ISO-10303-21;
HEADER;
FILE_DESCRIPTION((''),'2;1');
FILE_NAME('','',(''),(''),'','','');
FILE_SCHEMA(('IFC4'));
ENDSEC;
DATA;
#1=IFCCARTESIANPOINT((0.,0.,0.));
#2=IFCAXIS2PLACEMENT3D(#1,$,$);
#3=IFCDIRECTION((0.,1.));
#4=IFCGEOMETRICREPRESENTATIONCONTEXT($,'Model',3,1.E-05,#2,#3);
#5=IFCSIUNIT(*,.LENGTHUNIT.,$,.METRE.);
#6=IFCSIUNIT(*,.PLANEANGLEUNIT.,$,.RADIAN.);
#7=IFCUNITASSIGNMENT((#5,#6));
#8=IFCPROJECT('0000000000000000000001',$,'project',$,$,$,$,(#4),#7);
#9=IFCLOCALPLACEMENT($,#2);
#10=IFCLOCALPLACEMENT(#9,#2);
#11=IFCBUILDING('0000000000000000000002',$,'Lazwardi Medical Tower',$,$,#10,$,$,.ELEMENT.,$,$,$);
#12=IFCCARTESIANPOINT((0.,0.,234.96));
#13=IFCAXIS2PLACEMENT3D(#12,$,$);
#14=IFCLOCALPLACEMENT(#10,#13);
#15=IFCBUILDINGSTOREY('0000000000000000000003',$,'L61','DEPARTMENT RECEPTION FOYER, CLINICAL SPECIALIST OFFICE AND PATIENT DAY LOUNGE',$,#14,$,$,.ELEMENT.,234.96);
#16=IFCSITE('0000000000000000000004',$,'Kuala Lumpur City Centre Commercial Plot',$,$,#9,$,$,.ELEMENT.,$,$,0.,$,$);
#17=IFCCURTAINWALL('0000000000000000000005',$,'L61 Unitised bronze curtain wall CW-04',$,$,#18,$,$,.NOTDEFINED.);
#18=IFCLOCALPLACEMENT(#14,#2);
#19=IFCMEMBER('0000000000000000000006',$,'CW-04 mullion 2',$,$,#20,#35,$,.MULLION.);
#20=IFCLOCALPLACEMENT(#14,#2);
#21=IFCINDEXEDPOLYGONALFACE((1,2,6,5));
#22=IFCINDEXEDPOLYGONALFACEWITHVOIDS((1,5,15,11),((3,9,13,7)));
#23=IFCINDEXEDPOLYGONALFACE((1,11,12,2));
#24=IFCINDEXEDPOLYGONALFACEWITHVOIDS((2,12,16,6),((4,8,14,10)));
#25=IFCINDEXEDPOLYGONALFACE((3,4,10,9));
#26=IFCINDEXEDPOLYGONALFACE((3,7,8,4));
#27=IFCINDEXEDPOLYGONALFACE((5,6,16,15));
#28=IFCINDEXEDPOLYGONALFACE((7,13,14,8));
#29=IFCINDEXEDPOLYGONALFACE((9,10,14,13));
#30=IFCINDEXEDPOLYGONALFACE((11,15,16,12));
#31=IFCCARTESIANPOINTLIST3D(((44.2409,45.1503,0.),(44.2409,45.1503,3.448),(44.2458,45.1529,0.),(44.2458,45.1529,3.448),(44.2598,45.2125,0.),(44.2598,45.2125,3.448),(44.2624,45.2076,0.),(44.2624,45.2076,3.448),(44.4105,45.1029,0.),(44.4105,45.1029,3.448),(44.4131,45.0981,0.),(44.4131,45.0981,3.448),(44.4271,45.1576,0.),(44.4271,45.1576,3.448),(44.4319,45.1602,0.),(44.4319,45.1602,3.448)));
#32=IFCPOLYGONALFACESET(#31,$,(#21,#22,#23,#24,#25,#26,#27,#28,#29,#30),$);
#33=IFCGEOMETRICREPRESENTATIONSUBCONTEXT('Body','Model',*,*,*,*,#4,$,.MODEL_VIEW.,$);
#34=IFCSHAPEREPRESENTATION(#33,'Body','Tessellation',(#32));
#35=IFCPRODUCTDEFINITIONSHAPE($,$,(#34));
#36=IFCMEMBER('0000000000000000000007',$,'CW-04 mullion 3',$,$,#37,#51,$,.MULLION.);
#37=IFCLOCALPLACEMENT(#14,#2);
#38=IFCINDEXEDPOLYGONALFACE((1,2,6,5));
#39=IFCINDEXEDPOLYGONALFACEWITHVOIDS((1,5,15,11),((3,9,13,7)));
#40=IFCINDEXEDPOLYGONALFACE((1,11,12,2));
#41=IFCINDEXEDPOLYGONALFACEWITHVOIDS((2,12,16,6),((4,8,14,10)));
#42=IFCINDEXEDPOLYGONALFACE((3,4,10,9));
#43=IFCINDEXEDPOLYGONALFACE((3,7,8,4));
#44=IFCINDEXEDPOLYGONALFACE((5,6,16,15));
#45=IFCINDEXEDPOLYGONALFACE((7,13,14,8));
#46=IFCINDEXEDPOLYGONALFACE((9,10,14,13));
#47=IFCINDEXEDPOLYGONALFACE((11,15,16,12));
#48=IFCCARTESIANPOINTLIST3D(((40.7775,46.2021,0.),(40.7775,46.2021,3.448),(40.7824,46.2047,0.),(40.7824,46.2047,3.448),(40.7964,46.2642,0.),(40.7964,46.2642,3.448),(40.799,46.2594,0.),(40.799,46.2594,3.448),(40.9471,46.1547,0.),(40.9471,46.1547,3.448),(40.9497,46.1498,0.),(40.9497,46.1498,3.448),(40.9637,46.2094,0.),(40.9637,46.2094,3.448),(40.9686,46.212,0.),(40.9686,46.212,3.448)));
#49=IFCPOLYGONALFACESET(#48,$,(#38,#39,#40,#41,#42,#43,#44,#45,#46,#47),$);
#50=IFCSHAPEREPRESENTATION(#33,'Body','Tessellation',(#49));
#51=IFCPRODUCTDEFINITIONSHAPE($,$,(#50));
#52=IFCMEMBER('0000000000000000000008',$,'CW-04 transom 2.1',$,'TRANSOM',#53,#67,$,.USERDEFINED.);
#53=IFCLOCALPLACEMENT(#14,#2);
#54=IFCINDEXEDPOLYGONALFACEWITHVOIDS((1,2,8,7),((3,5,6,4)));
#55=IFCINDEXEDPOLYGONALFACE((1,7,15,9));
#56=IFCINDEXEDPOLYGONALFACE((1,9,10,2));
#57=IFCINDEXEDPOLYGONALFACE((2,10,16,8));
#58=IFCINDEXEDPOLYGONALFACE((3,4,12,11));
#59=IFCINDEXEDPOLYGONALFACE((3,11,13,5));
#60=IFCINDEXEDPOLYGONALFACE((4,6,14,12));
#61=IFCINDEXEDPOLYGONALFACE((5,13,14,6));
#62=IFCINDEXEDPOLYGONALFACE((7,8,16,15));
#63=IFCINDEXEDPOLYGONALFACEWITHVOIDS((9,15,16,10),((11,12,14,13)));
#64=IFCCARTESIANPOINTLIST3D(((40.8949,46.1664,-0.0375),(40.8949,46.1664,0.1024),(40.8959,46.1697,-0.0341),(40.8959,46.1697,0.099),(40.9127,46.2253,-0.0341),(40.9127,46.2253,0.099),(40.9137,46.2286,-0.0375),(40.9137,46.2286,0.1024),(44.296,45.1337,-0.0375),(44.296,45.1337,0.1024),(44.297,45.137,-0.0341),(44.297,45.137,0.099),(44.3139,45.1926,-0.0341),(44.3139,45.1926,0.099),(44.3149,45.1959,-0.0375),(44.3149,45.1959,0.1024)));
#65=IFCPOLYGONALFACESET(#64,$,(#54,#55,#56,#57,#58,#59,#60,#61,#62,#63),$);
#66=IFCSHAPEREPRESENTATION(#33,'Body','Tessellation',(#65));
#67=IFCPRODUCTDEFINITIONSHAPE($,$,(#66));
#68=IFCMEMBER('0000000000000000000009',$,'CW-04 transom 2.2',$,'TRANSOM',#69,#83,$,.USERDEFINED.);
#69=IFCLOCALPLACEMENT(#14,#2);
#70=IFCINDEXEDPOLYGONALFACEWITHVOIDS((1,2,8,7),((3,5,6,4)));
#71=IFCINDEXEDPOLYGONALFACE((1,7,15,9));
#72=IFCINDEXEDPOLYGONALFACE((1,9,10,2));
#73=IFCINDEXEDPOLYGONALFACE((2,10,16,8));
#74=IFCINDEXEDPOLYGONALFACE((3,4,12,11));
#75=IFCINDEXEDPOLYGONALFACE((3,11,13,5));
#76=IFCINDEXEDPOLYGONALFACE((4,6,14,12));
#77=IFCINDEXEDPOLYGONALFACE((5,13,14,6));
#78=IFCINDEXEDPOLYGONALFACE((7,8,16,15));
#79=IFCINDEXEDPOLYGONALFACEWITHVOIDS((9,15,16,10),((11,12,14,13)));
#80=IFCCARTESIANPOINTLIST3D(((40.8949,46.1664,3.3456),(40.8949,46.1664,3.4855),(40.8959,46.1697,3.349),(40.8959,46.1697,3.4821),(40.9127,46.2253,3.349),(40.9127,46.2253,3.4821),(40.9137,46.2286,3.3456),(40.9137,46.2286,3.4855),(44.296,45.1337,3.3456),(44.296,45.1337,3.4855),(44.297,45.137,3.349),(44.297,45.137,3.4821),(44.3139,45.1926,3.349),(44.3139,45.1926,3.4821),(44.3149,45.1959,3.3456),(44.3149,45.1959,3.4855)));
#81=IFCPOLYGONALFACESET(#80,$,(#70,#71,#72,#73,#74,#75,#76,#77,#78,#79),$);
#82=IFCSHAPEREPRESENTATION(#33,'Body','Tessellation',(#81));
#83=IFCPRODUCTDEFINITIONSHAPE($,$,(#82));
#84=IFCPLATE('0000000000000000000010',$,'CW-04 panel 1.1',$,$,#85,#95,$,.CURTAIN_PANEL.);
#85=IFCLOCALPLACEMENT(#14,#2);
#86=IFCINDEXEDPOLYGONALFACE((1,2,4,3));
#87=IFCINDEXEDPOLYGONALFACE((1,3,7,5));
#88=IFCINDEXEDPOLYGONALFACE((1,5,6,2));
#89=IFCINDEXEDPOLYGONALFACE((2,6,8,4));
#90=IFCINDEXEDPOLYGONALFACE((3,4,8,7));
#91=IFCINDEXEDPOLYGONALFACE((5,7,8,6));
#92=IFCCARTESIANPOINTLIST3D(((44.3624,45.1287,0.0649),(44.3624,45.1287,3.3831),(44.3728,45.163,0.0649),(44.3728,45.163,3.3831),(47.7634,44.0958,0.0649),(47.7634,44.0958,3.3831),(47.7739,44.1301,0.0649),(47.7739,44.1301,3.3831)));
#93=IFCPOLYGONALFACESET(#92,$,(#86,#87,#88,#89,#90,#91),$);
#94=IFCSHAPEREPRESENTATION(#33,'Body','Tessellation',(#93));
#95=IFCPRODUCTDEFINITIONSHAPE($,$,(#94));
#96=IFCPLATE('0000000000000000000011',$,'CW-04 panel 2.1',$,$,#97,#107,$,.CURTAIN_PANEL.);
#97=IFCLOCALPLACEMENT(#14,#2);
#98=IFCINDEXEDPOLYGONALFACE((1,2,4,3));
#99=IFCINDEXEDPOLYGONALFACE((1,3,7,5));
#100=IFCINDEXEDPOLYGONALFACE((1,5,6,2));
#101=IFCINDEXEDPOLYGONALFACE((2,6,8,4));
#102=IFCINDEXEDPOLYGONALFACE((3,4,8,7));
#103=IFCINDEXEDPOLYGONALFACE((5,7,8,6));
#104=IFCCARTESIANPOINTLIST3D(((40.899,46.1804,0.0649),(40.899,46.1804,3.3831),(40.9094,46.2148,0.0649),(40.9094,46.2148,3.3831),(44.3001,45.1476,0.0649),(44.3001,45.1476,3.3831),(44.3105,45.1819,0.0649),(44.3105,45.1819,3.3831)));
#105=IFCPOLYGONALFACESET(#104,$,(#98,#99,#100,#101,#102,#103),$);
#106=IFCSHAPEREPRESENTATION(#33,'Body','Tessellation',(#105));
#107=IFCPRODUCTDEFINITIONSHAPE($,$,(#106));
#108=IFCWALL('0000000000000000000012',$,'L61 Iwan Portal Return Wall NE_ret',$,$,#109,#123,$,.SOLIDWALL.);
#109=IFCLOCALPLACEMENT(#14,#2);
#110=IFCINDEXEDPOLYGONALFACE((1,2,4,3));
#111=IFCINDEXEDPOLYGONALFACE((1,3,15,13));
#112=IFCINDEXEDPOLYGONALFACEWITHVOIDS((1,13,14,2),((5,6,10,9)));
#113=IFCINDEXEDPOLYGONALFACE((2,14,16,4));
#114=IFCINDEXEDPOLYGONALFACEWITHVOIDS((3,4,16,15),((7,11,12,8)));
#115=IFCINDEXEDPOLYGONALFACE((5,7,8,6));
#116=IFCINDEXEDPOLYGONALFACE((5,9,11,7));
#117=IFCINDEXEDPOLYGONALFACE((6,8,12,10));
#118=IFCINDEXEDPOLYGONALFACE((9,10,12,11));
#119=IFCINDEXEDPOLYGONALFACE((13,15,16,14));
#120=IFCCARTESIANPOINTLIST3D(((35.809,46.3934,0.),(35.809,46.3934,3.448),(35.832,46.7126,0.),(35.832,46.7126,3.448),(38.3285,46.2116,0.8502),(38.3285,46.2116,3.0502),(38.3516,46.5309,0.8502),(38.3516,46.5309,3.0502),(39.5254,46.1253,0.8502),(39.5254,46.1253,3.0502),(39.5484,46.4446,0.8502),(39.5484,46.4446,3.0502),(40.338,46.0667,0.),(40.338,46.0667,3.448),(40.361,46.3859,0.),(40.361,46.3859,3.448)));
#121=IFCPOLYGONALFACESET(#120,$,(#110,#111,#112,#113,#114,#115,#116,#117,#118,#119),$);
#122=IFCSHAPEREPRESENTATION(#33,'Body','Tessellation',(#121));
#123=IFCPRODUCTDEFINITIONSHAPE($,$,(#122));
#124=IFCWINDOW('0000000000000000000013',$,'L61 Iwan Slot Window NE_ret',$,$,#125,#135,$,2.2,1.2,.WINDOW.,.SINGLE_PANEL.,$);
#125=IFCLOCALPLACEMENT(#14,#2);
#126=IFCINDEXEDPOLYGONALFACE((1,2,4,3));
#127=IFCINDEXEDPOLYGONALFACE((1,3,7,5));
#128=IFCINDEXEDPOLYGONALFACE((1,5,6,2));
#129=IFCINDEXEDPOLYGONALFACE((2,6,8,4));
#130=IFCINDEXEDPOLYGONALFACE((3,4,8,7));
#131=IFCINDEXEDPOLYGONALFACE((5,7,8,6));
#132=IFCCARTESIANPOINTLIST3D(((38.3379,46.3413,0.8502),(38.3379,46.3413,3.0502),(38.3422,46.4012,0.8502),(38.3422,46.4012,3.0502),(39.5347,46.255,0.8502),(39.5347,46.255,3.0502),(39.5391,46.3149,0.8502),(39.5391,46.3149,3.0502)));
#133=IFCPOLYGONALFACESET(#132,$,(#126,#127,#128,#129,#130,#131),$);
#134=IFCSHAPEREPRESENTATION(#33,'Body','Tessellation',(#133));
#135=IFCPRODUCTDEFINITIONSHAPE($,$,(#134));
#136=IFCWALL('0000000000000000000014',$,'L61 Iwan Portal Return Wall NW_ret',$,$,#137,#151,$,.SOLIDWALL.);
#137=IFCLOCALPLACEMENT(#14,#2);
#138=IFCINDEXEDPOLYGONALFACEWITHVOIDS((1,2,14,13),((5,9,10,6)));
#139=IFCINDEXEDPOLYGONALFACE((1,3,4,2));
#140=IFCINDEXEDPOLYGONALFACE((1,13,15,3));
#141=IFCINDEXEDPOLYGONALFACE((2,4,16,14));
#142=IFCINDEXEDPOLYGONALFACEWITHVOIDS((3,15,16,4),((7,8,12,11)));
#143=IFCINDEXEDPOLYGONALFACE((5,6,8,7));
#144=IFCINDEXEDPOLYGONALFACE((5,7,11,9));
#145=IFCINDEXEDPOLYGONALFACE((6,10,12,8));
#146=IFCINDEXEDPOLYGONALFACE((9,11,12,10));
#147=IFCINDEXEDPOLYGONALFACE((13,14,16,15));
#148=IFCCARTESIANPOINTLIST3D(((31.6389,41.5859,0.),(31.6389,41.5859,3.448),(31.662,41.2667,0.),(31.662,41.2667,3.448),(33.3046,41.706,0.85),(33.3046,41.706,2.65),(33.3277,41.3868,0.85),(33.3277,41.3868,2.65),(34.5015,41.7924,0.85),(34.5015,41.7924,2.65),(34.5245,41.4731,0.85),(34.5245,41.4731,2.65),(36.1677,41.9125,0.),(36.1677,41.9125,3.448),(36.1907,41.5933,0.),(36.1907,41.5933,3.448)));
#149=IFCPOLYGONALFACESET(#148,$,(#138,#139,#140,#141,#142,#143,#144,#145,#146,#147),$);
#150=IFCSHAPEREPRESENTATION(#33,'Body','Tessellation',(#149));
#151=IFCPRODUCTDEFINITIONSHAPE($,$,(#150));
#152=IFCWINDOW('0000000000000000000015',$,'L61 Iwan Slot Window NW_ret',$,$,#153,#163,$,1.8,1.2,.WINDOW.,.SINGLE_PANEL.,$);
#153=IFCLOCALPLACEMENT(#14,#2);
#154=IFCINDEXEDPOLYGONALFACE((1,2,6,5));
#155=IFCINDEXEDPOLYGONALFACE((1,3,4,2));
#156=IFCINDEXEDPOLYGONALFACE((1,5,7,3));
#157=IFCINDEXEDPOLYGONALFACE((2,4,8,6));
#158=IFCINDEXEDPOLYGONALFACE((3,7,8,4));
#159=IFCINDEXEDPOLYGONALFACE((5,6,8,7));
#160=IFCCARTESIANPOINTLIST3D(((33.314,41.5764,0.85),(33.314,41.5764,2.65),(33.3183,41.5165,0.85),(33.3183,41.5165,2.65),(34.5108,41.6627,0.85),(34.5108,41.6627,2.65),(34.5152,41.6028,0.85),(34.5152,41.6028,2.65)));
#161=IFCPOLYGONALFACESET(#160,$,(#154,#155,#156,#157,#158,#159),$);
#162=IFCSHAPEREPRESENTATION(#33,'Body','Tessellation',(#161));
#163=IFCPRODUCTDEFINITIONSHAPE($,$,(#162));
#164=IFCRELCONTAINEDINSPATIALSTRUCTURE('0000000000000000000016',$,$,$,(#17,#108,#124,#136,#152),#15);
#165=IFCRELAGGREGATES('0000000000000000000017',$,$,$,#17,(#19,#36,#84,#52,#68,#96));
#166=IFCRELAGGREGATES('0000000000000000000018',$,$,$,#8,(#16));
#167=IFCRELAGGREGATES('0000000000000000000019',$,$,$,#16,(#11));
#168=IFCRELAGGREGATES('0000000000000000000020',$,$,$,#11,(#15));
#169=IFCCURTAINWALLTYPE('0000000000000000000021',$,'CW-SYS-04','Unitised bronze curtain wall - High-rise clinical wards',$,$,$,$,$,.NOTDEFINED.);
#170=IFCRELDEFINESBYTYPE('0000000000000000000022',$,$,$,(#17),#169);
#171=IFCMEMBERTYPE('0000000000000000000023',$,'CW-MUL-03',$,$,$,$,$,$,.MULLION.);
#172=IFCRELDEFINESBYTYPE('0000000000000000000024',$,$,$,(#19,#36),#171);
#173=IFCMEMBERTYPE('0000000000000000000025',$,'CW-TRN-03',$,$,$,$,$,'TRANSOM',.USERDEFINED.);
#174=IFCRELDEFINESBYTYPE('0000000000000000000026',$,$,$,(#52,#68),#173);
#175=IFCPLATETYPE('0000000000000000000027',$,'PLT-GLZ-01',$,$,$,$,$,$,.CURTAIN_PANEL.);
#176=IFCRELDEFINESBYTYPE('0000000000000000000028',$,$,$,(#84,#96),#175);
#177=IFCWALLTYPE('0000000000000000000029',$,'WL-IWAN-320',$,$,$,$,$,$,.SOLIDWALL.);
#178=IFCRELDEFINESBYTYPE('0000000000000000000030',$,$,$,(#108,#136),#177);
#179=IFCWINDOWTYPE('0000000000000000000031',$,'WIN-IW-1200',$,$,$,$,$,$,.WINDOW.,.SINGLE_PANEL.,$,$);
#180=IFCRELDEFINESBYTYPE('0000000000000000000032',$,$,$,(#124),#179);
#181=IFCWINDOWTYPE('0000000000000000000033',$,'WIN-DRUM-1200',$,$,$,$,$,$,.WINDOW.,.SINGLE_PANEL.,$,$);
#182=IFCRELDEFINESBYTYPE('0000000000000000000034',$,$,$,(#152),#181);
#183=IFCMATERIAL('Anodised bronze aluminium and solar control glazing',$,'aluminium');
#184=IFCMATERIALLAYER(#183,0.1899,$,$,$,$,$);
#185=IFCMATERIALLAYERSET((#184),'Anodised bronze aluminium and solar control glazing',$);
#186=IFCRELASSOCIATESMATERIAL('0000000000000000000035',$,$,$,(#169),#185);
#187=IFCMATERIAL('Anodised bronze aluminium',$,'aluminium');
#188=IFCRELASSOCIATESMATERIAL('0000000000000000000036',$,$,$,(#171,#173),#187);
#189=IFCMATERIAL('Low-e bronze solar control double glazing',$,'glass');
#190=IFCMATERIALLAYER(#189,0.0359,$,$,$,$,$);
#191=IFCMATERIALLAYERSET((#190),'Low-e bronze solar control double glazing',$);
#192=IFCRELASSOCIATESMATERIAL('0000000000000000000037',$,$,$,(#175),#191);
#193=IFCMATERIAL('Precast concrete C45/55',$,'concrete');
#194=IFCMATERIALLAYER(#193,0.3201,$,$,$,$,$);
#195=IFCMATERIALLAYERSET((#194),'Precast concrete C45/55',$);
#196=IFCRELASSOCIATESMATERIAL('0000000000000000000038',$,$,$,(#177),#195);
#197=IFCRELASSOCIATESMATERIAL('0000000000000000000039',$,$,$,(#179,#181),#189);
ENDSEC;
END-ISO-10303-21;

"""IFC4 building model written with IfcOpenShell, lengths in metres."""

from ifc_helpers import new_model, si_unit, direction, frame, frame_2d, origin, origin_2d, place, context, subcontext, project, spatial, rectangle, hollow_rectangle, extrude, material, layer, layer_set, material_profile, profile_set, type_object, element, fill, aggregate, save


model = new_model("IFC4")

# Units and contexts
model_context = context("Model", 3, precision=1e-05, world=origin(), true_north=direction((0.0, 1.0)))
body_context = subcontext(model_context, "Body", "Model", "MODEL_VIEW")
ifc_project = project(units=[si_unit("LENGTHUNIT", "METRE"), si_unit("PLANEANGLEUNIT", "RADIAN")], contexts=[model_context])

# Site, building, storey
site_placement = place(None, origin())
site = spatial("IfcSite", under=ifc_project, at=site_placement, Name="Kuala Lumpur City Centre Commercial Plot", CompositionType="ELEMENT", RefElevation=0.0)
building_placement = place(site_placement, origin())
building = spatial("IfcBuilding", under=site, at=building_placement, Name="Lazwardi Medical Tower", CompositionType="ELEMENT")
storey_placement = place(building_placement, frame((0.0, 0.0, 234.96)))
storey = spatial("IfcBuildingStorey", under=building, at=storey_placement, Name="L61", Description="DEPARTMENT RECEPTION FOYER, CLINICAL SPECIALIST OFFICE AND PATIENT DAY LOUNGE", CompositionType="ELEMENT", Elevation=234.96)

# Curtain wall, members, plates
ifc_material_1 = material(Name="Anodised bronze aluminium and solar control glazing", Category="aluminium")
ifc_layer_1 = layer(ifc_material_1, 0.1899)
ifc_layer_set_1 = layer_set([ifc_layer_1], Name="Anodised bronze aluminium and solar control glazing")
curtain_wall_type = type_object("IfcCurtainWallType", Name="CW-SYS-04", Description="Unitised bronze curtain wall - High-rise clinical wards", PredefinedType="NOTDEFINED", material=ifc_layer_set_1)
curtain_wall_placement = place(storey_placement, origin())
curtain_wall = element("IfcCurtainWall", 1, at=curtain_wall_placement, inside=storey, type_object=curtain_wall_type, Name="L61 Unitised bronze curtain wall CW-04", PredefinedType="NOTDEFINED")
ifc_material_2 = material(Name="Anodised bronze aluminium", Category="aluminium")
ifc_material_profile_1 = material_profile(ifc_material_2, hollow_rectangle(XDim=0.0649, YDim=0.1799, WallThickness=0.0039, at=origin_2d()), Name="ALU-MULLION 180x65x4")
ifc_profile_set_1 = profile_set([ifc_material_profile_1], Name="Anodised bronze aluminium")
member_type_1 = type_object("IfcMemberType", Name="CW-MUL-03", PredefinedType="MULLION", material=ifc_profile_set_1)
member_1_placement = place(storey_placement, frame((44.3364, 45.1553, 0.0), z_axis=(0.0, 0.0, 1.0), x_axis=(-0.290582, -0.95685, 0.0)))
member_1 = element("IfcMember", 2, at=member_1_placement, type_object=member_type_1, Name="CW-04 mullion 2", PredefinedType="MULLION", context=body_context, shape_type="SweptSolid", body=[
    extrude(hollow_rectangle(XDim=0.0649, YDim=0.1799, WallThickness=0.0039, at=origin_2d()), origin(), (0.0, 0.0, 1.0), 3.448),
])
member_2_placement = place(storey_placement, frame((40.873, 46.207, 0.0), z_axis=(0.0, 0.0, 1.0), x_axis=(-0.290582, -0.95685, 0.0)))
member_2 = element("IfcMember", 3, at=member_2_placement, type_object=member_type_1, Name="CW-04 mullion 3", PredefinedType="MULLION", context=body_context, shape_type="SweptSolid", body=[
    extrude(hollow_rectangle(XDim=0.0649, YDim=0.1799, WallThickness=0.0039, at=origin_2d()), origin(), (0.0, 0.0, 1.0), 3.448),
])
ifc_material_profile_2 = material_profile(ifc_material_2, hollow_rectangle(XDim=0.0649, YDim=0.1399, WallThickness=0.0034, at=origin_2d()), Name="ALU-TRANSOM 140x65x3.5")
ifc_profile_set_2 = profile_set([ifc_material_profile_2], Name="Anodised bronze aluminium")
member_type_2 = type_object("IfcMemberType", Name="CW-TRN-03", ElementType="TRANSOM", PredefinedType="USERDEFINED", material=ifc_profile_set_2)
member_3_placement = place(storey_placement, frame((44.3054, 45.1648, 0.0325), z_axis=(-0.956863, 0.290541, 0.0), x_axis=(-0.290541, -0.956863, 0.0)))
member_3 = element("IfcMember", 4, at=member_3_placement, type_object=member_type_2, Name="CW-04 transom 2.1", ObjectType="TRANSOM", PredefinedType="USERDEFINED", context=body_context, shape_type="SweptSolid", body=[
    extrude(hollow_rectangle(XDim=0.0649, YDim=0.1399, WallThickness=0.0034, at=origin_2d()), origin(), (0.0, 0.0, 1.0), 3.5544),
])
member_4_placement = place(storey_placement, frame((44.3054, 45.1648, 3.4155), z_axis=(-0.956863, 0.290541, 0.0), x_axis=(-0.290541, -0.956863, 0.0)))
member_4 = element("IfcMember", 5, at=member_4_placement, type_object=member_type_2, Name="CW-04 transom 2.2", ObjectType="TRANSOM", PredefinedType="USERDEFINED", context=body_context, shape_type="SweptSolid", body=[
    extrude(hollow_rectangle(XDim=0.0649, YDim=0.1399, WallThickness=0.0034, at=origin_2d()), origin(), (0.0, 0.0, 1.0), 3.5544),
])
ifc_material_3 = material(Name="Low-e bronze solar control double glazing", Category="glass")
ifc_layer_2 = layer(ifc_material_3, 0.0359)
ifc_layer_set_2 = layer_set([ifc_layer_2], Name="Low-e bronze solar control double glazing")
plate_type = type_object("IfcPlateType", Name="PLT-GLZ-01", PredefinedType="CURTAIN_PANEL", material=ifc_layer_set_2)
plate_1_placement = place(storey_placement, frame((46.0681, 44.6294, 0.0649), z_axis=(0.0, 0.0, 1.0), x_axis=(-0.95685, 0.290582, 0.0)))
plate_1 = element("IfcPlate", 6, at=plate_1_placement, type_object=plate_type, Name="CW-04 panel 1.1", PredefinedType="CURTAIN_PANEL", context=body_context, shape_type="SweptSolid", body=[
    extrude(rectangle(XDim=3.5544, YDim=0.0359, at=origin_2d()), origin(), (0.0, 0.0, 1.0), 3.3181),
])
plate_2_placement = place(storey_placement, frame((42.6047, 45.6812, 0.0649), z_axis=(0.0, 0.0, 1.0), x_axis=(-0.95685, 0.290582, 0.0)))
plate_2 = element("IfcPlate", 7, at=plate_2_placement, type_object=plate_type, Name="CW-04 panel 2.1", PredefinedType="CURTAIN_PANEL", context=body_context, shape_type="SweptSolid", body=[
    extrude(rectangle(XDim=3.5544, YDim=0.0359, at=origin_2d()), origin(), (0.0, 0.0, 1.0), 3.3181),
])
aggregate(curtain_wall, [member_1, member_2, plate_1, member_3, member_4, plate_2])

# Walls, openings, windows
ifc_material_4 = material(Name="Precast concrete C45/55", Category="concrete")
ifc_layer_3 = layer(ifc_material_4, 0.3201)
ifc_layer_set_3 = layer_set([ifc_layer_3], Name="Precast concrete C45/55")
wall_type = type_object("IfcWallType", Name="WL-IWAN-320", PredefinedType="SOLIDWALL", material=ifc_layer_set_3)
wall_1_placement = place(storey_placement, frame((40.3496, 46.2263, 0.0), z_axis=(0.0, 0.0, 1.0), x_axis=(-0.997409, 0.071939, 0.0)))
wall_1 = element("IfcWall", 8, at=wall_1_placement, inside=storey, type_object=wall_type, Name="L61 Iwan Portal Return Wall NE_ret", PredefinedType="SOLIDWALL", context=body_context, shape_type="SweptSolid", body=[
    extrude(rectangle(XDim=4.5408, YDim=0.3201, at=frame_2d((2.2705, 0.0))), origin(), (0.0, 0.0, 1.0), 3.448),
])
opening_1_placement = place(wall_1_placement, frame((0.8147, 0.0, 0.8501)))
opening_1 = element("IfcOpeningElement", 9, at=opening_1_placement, cuts=wall_1, PredefinedType="OPENING", context=body_context, shape_type="SweptSolid", body=[
    extrude(rectangle(XDim=1.2, YDim=2.2, at=frame_2d((0.6001, 1.1001))), frame((0.0, 0.1699, 0.0), z_axis=(0.0, -1.0, 0.0), x_axis=(1.0, 0.0, 0.0)), (0.0, 0.0, 1.0), 0.3401),
])
window_type_1 = type_object("IfcWindowType", Name="WIN-IW-1200", PartitioningType="SINGLE_PANEL", PredefinedType="WINDOW", material=ifc_material_3)
window_1_placement = place(opening_1_placement, origin())
window_1 = element("IfcWindow", 10, at=window_1_placement, inside=storey, type_object=window_type_1, Name="L61 Iwan Slot Window NE_ret", OverallHeight=2.2, OverallWidth=1.2, PartitioningType="SINGLE_PANEL", PredefinedType="WINDOW", context=body_context, shape_type="SweptSolid", body=[
    extrude(rectangle(XDim=1.2, YDim=2.2, at=frame_2d((0.6001, 1.1001))), frame((0.0, 0.03, 0.0), z_axis=(0.0, -1.0, 0.0), x_axis=(1.0, 0.0, 0.0)), (0.0, 0.0, 1.0), 0.0601),
])
fill(opening_1, window_1)
wall_2_placement = place(storey_placement, frame((36.1792, 41.7529, 0.0), z_axis=(0.0, 0.0, 1.0), x_axis=(-0.997409, -0.071942, 0.0)))
wall_2 = element("IfcWall", 11, at=wall_2_placement, inside=storey, type_object=wall_type, Name="L61 Iwan Portal Return Wall NW_ret", PredefinedType="SOLIDWALL", context=body_context, shape_type="SweptSolid", body=[
    extrude(rectangle(XDim=4.5405, YDim=0.3201, at=frame_2d((2.2703, 0.0))), origin(), (0.0, 0.0, 1.0), 3.448),
])
opening_2_placement = place(wall_2_placement, frame((1.6704, 0.0, 0.8501)))
opening_2 = element("IfcOpeningElement", 12, at=opening_2_placement, cuts=wall_2, PredefinedType="OPENING", context=body_context, shape_type="SweptSolid", body=[
    extrude(rectangle(XDim=1.2, YDim=1.8, at=frame_2d((0.6001, 0.8999))), frame((0.0, 0.1699, 0.0), z_axis=(0.0, -1.0, 0.0), x_axis=(1.0, 0.0, 0.0)), (0.0, 0.0, 1.0), 0.3401),
])
window_type_2 = type_object("IfcWindowType", Name="WIN-DRUM-1200", PartitioningType="SINGLE_PANEL", PredefinedType="WINDOW", material=ifc_material_3)
window_2_placement = place(opening_2_placement, origin())
window_2 = element("IfcWindow", 13, at=window_2_placement, inside=storey, type_object=window_type_2, Name="L61 Iwan Slot Window NW_ret", OverallHeight=1.8, OverallWidth=1.2, PartitioningType="SINGLE_PANEL", PredefinedType="WINDOW", context=body_context, shape_type="SweptSolid", body=[
    extrude(rectangle(XDim=1.2, YDim=1.8, at=frame_2d((0.6001, 0.8999))), frame((0.0, 0.03, 0.0), z_axis=(0.0, -1.0, 0.0), x_axis=(1.0, 0.0, 0.0)), (0.0, 0.0, 1.0), 0.0601),
])
fill(opening_2, window_2)

save(model, "model.ifc")
